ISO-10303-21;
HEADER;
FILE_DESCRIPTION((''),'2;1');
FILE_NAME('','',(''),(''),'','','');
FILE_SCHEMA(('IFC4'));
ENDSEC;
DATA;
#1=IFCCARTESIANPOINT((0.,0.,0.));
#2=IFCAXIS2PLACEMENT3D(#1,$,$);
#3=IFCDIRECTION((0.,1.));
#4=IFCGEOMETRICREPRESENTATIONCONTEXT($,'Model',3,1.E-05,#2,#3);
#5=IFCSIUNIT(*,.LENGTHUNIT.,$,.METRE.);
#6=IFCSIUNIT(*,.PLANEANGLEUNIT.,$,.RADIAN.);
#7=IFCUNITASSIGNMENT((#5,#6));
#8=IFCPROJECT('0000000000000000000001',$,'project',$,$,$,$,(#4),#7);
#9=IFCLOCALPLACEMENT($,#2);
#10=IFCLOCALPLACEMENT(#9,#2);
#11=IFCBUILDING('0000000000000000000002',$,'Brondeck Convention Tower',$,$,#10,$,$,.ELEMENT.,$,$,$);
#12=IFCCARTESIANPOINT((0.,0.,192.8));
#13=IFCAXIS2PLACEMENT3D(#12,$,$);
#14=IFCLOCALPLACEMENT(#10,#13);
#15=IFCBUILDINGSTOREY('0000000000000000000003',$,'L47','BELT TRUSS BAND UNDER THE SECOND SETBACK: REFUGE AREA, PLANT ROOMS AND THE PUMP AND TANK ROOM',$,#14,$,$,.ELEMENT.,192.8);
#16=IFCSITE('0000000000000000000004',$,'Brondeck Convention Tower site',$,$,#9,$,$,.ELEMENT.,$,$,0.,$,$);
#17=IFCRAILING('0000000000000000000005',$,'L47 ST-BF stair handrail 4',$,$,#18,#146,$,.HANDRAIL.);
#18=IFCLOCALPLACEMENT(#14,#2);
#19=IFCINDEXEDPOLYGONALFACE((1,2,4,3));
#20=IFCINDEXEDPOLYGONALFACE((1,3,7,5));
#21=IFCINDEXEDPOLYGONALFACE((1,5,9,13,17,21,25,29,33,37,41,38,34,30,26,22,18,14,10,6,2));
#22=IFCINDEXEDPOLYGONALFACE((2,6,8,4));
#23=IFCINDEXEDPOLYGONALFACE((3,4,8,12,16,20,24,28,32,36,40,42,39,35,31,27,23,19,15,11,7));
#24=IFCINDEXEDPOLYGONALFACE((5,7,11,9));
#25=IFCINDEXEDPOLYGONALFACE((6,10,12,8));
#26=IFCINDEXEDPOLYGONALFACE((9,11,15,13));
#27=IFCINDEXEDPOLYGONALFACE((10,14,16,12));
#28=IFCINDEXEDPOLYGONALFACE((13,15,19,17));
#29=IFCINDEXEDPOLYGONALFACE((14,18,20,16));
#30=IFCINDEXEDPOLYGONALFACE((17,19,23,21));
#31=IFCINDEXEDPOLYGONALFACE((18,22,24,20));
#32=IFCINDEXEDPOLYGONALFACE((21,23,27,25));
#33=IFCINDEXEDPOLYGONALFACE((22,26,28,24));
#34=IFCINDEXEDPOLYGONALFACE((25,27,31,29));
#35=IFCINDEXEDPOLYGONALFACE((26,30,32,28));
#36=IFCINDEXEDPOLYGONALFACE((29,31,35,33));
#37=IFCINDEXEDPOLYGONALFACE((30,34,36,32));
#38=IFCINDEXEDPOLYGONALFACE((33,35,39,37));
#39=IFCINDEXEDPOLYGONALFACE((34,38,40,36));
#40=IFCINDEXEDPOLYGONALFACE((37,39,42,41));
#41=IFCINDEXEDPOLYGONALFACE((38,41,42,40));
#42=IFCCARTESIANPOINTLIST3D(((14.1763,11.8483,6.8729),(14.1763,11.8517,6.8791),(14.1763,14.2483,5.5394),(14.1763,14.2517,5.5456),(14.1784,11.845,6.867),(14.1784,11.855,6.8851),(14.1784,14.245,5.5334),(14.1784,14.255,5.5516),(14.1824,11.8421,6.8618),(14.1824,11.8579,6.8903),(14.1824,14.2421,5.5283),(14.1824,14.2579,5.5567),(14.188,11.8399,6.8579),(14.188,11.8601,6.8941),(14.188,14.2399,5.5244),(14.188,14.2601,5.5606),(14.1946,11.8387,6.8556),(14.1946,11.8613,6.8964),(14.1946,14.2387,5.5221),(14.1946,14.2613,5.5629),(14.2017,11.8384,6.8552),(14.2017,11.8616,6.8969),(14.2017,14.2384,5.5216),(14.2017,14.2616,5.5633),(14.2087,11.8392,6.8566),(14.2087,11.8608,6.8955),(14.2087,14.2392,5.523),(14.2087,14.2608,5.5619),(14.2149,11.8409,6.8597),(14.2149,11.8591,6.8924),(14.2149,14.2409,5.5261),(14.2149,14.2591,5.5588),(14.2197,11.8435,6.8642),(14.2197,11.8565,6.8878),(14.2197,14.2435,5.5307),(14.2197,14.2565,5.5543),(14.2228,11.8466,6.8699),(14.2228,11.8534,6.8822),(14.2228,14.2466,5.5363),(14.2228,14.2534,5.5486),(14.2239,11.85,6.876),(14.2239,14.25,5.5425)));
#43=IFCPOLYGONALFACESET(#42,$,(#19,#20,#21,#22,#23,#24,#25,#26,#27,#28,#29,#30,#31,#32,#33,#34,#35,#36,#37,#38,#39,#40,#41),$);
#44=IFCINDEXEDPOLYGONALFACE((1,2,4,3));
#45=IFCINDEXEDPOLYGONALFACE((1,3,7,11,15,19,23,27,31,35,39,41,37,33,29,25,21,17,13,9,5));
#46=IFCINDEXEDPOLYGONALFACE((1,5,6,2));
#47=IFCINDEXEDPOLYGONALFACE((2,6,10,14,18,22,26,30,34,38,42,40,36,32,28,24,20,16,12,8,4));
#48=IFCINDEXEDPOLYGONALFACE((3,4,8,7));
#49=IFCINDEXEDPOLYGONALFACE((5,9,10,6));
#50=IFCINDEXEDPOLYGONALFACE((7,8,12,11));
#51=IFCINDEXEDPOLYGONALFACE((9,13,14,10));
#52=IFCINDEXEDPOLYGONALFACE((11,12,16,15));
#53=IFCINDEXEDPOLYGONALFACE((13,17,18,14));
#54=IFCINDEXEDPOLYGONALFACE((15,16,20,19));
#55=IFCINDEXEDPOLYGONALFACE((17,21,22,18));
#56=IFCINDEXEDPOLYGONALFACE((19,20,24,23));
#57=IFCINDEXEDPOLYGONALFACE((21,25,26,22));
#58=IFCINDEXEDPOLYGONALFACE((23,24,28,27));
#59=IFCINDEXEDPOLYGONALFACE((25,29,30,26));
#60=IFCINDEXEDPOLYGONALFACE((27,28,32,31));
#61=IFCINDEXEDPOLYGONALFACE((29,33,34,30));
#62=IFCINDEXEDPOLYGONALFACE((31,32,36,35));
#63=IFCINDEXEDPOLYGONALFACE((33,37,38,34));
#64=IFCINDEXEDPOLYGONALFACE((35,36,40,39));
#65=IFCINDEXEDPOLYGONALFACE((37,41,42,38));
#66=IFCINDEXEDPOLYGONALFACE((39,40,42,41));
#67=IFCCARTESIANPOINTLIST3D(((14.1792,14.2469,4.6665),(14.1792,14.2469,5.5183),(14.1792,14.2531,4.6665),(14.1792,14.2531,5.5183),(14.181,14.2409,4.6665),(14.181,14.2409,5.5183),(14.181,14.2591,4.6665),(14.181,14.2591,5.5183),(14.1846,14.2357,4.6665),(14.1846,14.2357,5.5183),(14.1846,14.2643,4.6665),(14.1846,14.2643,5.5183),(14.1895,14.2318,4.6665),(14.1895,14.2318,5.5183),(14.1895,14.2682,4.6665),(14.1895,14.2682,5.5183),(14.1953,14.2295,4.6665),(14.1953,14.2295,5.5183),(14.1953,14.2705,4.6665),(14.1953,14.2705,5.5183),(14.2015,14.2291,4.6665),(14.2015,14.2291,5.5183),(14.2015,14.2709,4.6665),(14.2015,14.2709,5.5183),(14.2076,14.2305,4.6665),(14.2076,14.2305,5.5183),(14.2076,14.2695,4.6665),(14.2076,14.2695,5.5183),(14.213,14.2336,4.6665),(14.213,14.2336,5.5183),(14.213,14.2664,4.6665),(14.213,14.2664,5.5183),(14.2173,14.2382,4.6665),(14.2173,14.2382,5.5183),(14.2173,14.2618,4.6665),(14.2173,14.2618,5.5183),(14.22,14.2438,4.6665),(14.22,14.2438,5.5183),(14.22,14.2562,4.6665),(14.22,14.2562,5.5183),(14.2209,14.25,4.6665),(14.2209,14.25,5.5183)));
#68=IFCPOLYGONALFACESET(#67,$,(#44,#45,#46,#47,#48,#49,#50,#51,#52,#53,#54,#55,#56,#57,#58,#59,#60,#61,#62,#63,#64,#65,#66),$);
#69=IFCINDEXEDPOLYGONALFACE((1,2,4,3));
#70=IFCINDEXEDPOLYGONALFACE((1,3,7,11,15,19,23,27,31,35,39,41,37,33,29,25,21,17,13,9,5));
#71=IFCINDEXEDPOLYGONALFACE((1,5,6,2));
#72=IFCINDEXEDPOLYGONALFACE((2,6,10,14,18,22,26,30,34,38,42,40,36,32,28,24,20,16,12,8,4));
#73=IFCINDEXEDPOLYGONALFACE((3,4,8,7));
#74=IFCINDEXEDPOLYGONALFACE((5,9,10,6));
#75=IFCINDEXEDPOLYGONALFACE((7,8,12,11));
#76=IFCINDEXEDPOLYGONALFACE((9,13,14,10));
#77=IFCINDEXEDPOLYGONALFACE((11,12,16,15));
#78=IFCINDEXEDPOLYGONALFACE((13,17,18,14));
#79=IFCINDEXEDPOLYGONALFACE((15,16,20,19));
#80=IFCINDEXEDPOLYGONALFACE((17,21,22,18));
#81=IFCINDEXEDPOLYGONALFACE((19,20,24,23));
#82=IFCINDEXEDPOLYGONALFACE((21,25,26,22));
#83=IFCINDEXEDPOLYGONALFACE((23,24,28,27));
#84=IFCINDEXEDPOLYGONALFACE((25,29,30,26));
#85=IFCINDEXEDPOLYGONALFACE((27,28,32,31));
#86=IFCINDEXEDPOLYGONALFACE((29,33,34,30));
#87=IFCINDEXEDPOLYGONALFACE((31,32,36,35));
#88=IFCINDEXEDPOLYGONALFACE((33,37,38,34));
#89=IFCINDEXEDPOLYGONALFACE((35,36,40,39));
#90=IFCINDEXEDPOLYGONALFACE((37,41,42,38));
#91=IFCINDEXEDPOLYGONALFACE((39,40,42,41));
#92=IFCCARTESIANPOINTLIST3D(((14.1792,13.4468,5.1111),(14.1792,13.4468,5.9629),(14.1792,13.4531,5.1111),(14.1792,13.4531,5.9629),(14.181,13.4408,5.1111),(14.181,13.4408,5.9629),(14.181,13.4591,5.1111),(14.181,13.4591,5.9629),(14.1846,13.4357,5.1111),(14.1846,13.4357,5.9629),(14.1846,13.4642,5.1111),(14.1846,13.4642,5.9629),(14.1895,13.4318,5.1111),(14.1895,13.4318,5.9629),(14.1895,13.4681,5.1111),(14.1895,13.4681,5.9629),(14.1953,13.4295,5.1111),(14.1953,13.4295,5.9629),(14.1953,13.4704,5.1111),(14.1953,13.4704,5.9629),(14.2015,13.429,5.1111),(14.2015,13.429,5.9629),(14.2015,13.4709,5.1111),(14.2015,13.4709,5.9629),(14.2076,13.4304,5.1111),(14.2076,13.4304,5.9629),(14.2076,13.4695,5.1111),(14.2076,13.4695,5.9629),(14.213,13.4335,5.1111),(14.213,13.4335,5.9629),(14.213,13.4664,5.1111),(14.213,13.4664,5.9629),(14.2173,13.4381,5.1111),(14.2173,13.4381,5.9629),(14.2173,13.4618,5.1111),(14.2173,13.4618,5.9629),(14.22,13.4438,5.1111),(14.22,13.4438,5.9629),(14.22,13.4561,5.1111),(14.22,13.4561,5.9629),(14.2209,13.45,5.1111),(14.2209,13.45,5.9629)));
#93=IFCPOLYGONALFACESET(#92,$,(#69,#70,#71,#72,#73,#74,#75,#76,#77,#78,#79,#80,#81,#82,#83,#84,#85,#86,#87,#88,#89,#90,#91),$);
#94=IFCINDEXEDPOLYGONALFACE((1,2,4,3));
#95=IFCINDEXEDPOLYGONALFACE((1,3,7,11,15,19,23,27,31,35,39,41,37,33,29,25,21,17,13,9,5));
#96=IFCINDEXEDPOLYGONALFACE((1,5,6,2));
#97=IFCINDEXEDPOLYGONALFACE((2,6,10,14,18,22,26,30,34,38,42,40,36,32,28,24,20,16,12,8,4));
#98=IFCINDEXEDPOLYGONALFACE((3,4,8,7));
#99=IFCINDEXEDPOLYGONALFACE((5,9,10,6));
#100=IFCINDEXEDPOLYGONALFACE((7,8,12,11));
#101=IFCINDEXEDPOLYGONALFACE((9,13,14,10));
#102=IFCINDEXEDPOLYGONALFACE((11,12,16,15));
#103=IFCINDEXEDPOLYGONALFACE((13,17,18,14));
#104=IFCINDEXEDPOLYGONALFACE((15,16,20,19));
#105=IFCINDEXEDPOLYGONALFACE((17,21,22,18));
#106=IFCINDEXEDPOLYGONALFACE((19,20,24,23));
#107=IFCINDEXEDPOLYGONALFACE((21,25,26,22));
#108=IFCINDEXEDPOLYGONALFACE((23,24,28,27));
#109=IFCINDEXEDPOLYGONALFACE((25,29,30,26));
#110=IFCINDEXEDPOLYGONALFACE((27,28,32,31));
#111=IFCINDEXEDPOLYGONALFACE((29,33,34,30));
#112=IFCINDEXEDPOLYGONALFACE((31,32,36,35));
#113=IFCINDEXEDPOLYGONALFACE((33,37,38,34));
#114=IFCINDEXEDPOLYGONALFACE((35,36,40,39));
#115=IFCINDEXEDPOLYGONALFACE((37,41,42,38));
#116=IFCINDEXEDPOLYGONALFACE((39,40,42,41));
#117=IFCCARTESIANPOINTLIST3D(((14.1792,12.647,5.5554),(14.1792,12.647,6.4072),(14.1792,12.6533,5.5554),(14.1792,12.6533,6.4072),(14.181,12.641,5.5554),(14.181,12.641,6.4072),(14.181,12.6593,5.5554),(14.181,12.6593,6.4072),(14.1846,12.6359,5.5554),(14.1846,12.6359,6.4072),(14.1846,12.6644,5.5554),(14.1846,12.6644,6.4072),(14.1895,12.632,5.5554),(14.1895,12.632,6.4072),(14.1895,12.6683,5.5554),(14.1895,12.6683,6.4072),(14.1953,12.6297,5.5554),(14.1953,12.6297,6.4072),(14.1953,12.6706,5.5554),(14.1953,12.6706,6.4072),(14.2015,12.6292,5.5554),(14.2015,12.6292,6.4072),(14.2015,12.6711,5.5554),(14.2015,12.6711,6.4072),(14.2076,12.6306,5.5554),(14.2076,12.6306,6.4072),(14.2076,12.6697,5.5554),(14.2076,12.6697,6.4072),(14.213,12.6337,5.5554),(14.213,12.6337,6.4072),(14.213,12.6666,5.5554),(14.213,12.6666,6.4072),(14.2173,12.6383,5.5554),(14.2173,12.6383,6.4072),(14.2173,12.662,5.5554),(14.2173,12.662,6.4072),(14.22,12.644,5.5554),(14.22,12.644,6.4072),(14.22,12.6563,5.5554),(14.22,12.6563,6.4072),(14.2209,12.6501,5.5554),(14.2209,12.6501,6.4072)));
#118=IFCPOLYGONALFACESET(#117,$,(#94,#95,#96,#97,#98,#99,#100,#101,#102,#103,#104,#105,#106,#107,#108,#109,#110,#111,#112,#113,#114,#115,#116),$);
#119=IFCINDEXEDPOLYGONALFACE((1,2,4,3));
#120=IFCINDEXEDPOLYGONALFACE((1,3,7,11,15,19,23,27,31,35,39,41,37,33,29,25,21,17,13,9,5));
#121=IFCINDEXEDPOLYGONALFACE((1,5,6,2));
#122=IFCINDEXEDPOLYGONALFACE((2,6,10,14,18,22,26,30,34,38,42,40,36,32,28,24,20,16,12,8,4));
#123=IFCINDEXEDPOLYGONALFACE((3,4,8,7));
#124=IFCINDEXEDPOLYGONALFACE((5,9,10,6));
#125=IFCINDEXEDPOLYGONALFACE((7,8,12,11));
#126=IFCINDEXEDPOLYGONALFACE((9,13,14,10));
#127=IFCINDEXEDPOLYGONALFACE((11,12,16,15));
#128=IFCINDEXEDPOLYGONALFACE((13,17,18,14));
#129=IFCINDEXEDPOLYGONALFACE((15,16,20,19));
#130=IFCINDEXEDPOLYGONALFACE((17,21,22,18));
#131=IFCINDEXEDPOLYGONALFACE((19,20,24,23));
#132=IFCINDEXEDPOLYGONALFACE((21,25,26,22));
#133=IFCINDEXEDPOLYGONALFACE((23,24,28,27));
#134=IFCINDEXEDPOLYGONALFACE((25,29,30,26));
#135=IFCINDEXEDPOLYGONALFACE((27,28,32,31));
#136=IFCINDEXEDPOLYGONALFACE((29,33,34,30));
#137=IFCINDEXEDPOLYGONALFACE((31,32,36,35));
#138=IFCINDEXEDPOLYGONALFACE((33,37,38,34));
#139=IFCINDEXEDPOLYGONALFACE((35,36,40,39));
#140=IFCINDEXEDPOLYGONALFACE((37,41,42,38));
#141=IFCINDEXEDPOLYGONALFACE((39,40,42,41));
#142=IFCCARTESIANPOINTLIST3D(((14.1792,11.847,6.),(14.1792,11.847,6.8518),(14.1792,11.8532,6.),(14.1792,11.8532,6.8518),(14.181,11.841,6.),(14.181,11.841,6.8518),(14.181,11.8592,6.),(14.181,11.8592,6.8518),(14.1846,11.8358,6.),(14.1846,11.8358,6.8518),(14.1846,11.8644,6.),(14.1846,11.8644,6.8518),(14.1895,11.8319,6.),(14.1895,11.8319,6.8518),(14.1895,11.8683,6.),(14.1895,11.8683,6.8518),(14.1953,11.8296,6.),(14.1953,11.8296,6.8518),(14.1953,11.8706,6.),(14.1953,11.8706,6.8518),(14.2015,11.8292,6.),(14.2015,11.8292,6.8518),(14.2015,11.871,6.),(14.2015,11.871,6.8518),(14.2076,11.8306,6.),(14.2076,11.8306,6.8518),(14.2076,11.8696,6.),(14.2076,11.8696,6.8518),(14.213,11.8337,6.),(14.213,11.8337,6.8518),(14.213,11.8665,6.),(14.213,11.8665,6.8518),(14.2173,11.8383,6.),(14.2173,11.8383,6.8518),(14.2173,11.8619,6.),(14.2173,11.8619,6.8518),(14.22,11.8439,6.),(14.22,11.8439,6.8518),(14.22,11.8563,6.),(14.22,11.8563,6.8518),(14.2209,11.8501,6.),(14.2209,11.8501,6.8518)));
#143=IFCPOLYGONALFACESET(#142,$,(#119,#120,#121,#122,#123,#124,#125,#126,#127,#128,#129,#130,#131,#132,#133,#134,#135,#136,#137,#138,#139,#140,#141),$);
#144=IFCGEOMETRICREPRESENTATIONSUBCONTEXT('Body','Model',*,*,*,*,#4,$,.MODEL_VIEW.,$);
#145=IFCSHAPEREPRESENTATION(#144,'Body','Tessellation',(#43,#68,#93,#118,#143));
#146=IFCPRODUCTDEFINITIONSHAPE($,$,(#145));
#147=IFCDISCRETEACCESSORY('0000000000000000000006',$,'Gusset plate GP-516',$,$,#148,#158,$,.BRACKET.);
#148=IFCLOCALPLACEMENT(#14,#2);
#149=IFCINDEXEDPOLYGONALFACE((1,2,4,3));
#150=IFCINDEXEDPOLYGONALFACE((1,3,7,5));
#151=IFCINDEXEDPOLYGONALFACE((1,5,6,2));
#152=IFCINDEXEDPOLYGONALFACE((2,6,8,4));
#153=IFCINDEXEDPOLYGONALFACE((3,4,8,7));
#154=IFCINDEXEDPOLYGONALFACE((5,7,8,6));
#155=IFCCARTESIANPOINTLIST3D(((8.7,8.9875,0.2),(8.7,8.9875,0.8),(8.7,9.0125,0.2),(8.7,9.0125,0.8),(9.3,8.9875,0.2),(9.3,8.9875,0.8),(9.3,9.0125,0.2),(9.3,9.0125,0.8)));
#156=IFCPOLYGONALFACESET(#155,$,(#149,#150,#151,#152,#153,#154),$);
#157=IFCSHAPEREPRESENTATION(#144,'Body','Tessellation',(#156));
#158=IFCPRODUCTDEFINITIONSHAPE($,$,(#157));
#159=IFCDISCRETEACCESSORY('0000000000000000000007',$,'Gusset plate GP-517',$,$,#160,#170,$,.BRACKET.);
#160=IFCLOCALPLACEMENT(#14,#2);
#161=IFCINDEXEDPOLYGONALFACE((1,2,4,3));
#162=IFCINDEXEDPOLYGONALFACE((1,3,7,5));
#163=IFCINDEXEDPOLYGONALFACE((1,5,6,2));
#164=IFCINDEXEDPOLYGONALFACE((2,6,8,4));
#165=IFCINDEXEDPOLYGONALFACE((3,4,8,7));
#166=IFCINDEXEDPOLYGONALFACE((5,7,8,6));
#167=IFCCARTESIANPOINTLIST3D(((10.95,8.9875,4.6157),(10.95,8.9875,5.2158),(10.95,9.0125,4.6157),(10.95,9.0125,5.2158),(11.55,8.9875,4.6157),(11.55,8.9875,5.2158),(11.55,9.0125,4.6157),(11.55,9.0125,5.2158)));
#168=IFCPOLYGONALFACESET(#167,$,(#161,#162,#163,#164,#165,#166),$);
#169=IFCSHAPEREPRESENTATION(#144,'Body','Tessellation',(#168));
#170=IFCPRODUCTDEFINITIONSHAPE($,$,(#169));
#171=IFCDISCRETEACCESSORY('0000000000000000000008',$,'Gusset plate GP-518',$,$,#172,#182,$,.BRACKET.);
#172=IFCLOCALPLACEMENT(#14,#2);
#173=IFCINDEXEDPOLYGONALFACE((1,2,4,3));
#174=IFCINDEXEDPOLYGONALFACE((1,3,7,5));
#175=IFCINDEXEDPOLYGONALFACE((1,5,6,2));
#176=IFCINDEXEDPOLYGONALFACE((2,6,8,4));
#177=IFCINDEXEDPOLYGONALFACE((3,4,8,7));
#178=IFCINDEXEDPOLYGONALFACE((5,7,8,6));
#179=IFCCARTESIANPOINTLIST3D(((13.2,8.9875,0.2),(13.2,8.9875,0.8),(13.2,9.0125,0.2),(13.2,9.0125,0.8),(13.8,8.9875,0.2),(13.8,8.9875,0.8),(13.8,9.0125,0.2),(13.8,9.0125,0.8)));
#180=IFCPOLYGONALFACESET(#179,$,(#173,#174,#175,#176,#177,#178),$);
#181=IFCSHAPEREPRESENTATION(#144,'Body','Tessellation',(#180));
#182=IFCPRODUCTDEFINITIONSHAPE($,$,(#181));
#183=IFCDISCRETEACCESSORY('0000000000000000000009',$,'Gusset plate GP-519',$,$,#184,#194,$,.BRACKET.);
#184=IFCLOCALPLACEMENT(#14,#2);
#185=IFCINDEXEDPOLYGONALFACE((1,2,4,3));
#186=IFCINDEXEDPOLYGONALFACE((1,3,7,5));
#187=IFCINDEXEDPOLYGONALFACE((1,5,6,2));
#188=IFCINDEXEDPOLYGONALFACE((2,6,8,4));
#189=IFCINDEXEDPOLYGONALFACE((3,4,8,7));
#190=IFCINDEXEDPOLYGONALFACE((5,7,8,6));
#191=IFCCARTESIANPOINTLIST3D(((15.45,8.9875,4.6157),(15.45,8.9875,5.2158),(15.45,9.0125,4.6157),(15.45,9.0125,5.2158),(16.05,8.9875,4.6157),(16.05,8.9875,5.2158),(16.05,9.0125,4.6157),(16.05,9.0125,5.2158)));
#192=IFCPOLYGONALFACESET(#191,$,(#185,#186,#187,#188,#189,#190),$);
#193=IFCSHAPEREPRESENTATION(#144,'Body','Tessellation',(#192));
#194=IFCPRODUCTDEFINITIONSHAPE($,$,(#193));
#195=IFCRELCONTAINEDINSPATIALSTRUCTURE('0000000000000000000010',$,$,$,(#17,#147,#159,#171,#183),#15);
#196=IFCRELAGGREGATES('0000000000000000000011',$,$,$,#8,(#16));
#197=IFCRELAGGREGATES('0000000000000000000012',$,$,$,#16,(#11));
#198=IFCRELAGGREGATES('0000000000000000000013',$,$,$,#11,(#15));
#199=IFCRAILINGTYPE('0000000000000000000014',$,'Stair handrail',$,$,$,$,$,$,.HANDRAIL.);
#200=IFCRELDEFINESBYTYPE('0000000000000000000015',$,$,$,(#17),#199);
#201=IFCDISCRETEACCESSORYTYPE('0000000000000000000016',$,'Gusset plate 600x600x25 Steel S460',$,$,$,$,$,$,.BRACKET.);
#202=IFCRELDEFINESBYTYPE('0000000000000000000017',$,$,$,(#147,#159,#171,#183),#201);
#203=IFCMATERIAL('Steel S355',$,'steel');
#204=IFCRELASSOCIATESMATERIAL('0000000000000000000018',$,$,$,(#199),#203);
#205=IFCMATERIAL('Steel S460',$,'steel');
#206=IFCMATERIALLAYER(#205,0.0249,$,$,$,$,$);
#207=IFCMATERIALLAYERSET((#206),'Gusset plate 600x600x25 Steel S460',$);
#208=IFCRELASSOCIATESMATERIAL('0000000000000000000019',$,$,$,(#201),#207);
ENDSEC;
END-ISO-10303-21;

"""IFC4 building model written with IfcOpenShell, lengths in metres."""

from ifc_helpers import new_model, si_unit, direction, frame, origin, origin_2d, place, context, subcontext, project, spatial, rectangle, circle, extrude, material, layer, layer_set, type_object, element, save


model = new_model("IFC4")

# Units and contexts
model_context = context("Model", 3, precision=1e-05, world=origin(), true_north=direction((0.0, 1.0)))
body_context = subcontext(model_context, "Body", "Model", "MODEL_VIEW")
ifc_project = project(units=[si_unit("LENGTHUNIT", "METRE"), si_unit("PLANEANGLEUNIT", "RADIAN")], contexts=[model_context])

# Site, building, storey
site_placement = place(None, origin())
site = spatial("IfcSite", under=ifc_project, at=site_placement, Name="Brondeck Convention Tower site", CompositionType="ELEMENT", RefElevation=0.0)
building_placement = place(site_placement, origin())
building = spatial("IfcBuilding", under=site, at=building_placement, Name="Brondeck Convention Tower", CompositionType="ELEMENT")
storey_placement = place(building_placement, frame((0.0, 0.0, 192.8)))
storey = spatial("IfcBuildingStorey", under=building, at=storey_placement, Name="L47", Description="BELT TRUSS BAND UNDER THE SECOND SETBACK: REFUGE AREA, PLANT ROOMS AND THE PUMP AND TANK ROOM", CompositionType="ELEMENT", Elevation=192.8)

# Shared definitions
ifc_material_1 = material(Name="Steel S460", Category="steel")

# Shared definitions
ifc_material_2 = material(Name="Steel S355", Category="steel")

# Railing
railing_type_1 = type_object("IfcRailingType", Name="Stair handrail", PredefinedType="HANDRAIL", material=ifc_material_2)
railing_1_placement = place(storey_placement, frame((14.2, 14.25, 4.6665)))
element("IfcRailing", 1, at=railing_1_placement, inside=storey, type_object=railing_type_1, Name="L47 ST-BF stair handrail 4", PredefinedType="HANDRAIL", context=body_context, shape_type="SweptSolid", body=[
    extrude(circle(Radius=0.0239, at=origin_2d()), frame((0.0, 0.0, 0.876), z_axis=(0.0, -0.874124, 0.485703), x_axis=(1.0, 0.0, 0.0)), (0.0, 0.0, 1.0), 2.7456),
    extrude(circle(Radius=0.021, at=origin_2d()), origin(), (0.0, 0.0, 1.0), 0.8518),
    extrude(circle(Radius=0.021, at=origin_2d()), frame((0.0, -0.8, 0.4446)), (0.0, 0.0, 1.0), 0.8518),
    extrude(circle(Radius=0.021, at=origin_2d()), frame((0.0, -1.5999, 0.8889)), (0.0, 0.0, 1.0), 0.8518),
    extrude(circle(Radius=0.021, at=origin_2d()), frame((0.0, -2.3999, 1.3335)), (0.0, 0.0, 1.0), 0.8518),
])

# Discrete accessories
ifc_layer_1 = layer(ifc_material_1, 0.0249)
ifc_layer_set_1 = layer_set([ifc_layer_1], Name="Gusset plate 600x600x25 Steel S460")
discrete_accessory_type = type_object("IfcDiscreteAccessoryType", Name="Gusset plate 600x600x25 Steel S460", PredefinedType="BRACKET", material=ifc_layer_set_1)
for number, where, z_axis, x_axis, name in (
    (2, (9.0, 9.0, 0.2), (0.0, 0.0, 1.0), (1.0, 0.0, 0.0), "Gusset plate GP-516"),
    (3, (11.25, 9.0, 4.6157), (0.0, 0.0, 1.0), (1.0, 0.0, 0.0), "Gusset plate GP-517"),
    (4, (13.5, 9.0, 0.2), (0.0, 0.0, 1.0), (1.0, 0.0, 0.0), "Gusset plate GP-518"),
    (5, (15.75, 9.0, 4.6157), (0.0, 0.0, 1.0), (1.0, 0.0, 0.0), "Gusset plate GP-519"),
):
    element("IfcDiscreteAccessory", number, at=place(storey_placement, frame(where, z_axis=z_axis, x_axis=x_axis)), inside=storey, type_object=discrete_accessory_type, Name=name, PredefinedType="BRACKET", context=body_context, shape_type="SweptSolid", body=[
        extrude(rectangle(XDim=0.6001, YDim=0.0249, at=origin_2d()), origin(), (0.0, 0.0, 1.0), 0.6001),
    ])

save(model, "model.ifc")
